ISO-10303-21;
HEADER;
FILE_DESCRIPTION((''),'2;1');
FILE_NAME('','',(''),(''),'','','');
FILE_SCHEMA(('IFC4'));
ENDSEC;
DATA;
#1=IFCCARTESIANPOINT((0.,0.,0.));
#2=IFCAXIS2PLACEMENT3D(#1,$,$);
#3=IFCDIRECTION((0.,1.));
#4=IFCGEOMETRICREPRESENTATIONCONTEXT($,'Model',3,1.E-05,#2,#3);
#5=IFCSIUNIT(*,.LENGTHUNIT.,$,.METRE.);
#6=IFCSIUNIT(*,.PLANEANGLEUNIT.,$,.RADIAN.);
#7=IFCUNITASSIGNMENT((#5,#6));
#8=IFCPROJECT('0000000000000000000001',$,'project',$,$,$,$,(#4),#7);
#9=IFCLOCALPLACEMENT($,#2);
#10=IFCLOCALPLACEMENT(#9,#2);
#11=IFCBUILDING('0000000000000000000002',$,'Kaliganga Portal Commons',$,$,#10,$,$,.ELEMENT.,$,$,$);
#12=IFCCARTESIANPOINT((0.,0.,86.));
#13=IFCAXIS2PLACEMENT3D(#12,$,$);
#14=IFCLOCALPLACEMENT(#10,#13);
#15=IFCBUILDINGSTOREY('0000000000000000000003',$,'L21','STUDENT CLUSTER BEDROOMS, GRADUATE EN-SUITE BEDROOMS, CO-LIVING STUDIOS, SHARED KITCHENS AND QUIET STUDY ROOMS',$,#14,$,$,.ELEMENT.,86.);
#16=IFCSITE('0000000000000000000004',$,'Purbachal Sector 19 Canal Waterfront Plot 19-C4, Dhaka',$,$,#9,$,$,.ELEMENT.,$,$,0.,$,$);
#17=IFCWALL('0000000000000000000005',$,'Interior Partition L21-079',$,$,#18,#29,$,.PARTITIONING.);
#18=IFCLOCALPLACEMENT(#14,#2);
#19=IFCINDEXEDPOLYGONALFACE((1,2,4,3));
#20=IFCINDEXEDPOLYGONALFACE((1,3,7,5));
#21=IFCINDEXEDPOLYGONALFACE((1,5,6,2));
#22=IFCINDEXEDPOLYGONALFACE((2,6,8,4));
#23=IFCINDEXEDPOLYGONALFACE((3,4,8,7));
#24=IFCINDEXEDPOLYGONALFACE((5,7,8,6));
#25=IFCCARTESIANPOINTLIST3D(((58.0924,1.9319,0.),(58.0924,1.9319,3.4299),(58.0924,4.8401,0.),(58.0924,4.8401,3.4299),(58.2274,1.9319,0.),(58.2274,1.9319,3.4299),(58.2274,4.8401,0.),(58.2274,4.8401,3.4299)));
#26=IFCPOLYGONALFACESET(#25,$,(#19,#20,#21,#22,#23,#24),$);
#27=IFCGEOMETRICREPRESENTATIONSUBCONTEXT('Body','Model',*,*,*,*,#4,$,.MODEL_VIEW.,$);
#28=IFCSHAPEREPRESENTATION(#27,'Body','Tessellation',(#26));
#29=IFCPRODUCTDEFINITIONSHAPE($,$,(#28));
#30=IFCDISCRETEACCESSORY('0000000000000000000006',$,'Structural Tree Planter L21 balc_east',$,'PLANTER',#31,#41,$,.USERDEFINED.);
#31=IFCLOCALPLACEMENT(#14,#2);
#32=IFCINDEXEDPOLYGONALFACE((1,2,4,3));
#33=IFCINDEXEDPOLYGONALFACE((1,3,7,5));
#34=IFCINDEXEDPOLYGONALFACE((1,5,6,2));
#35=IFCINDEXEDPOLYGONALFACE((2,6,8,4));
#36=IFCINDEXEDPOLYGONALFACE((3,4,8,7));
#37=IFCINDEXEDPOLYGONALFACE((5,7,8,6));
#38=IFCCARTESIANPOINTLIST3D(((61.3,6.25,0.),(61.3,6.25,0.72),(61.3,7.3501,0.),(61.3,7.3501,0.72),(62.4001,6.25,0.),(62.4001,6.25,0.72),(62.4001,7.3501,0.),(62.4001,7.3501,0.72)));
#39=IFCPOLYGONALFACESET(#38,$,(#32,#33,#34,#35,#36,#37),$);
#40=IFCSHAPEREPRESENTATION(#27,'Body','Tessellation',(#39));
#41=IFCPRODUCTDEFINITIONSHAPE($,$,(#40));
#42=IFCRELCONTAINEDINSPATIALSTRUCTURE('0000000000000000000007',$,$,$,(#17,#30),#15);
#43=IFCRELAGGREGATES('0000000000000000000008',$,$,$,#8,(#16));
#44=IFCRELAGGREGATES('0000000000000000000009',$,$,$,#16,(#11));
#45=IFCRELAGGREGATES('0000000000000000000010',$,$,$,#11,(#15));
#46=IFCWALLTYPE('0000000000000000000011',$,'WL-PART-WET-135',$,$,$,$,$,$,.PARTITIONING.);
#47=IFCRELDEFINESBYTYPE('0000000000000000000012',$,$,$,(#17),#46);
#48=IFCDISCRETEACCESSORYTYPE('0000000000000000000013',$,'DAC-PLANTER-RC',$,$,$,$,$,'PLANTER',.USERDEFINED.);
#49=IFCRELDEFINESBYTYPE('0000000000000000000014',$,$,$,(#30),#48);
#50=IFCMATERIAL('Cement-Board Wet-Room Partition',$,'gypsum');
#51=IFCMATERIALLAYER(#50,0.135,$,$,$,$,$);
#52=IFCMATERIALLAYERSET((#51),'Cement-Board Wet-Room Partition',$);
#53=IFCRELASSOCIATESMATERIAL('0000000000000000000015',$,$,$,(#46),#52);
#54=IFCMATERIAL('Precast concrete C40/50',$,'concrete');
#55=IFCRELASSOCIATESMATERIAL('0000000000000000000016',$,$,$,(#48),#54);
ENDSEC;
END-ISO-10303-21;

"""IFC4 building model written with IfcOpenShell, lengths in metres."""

from ifc_helpers import new_model, si_unit, direction, frame, frame_2d, origin, origin_2d, place, context, subcontext, project, spatial, rectangle, extrude, source, transform, mapped, material, layer, layer_set, type_object, element, save


model = new_model("IFC4")

# Units and contexts
model_context = context("Model", 3, precision=1e-05, world=origin(), true_north=direction((0.0, 1.0)))
body_context = subcontext(model_context, "Body", "Model", "MODEL_VIEW")
ifc_project = project(units=[si_unit("LENGTHUNIT", "METRE"), si_unit("PLANEANGLEUNIT", "RADIAN")], contexts=[model_context])

# Site, building, storey
site_placement = place(None, origin())
site = spatial("IfcSite", under=ifc_project, at=site_placement, Name="Purbachal Sector 19 Canal Waterfront Plot 19-C4, Dhaka", CompositionType="ELEMENT", RefElevation=0.0)
building_placement = place(site_placement, origin())
building = spatial("IfcBuilding", under=site, at=building_placement, Name="Kaliganga Portal Commons", CompositionType="ELEMENT")
storey_placement = place(building_placement, frame((0.0, 0.0, 86.0)))
storey = spatial("IfcBuildingStorey", under=building, at=storey_placement, Name="L21", Description="STUDENT CLUSTER BEDROOMS, GRADUATE EN-SUITE BEDROOMS, CO-LIVING STUDIOS, SHARED KITCHENS AND QUIET STUDY ROOMS", CompositionType="ELEMENT", Elevation=86.0)

# Wall
ifc_material_1 = material(Name="Cement-Board Wet-Room Partition", Category="gypsum")
ifc_layer_1 = layer(ifc_material_1, 0.135)
ifc_layer_set_1 = layer_set([ifc_layer_1], Name="Cement-Board Wet-Room Partition")
wall_type_1 = type_object("IfcWallType", Name="WL-PART-WET-135", PredefinedType="PARTITIONING", material=ifc_layer_set_1)
wall_1_placement = place(storey_placement, frame((58.1599, 1.9319, 0.0), z_axis=(0.0, 0.0, 1.0), x_axis=(0.0, 1.0, 0.0)))
element("IfcWall", 1, at=wall_1_placement, inside=storey, type_object=wall_type_1, Name="Interior Partition L21-079", PredefinedType="PARTITIONING", context=body_context, shape_type="SweptSolid", body=[
    extrude(rectangle(XDim=2.9082, YDim=0.135, at=frame_2d((1.4541, 0.0))), origin(), (0.0, 0.0, 1.0), 3.4299),
])

# Discrete accessory
ifc_material_2 = material(Name="Precast concrete C40/50", Category="concrete")
discrete_accessory_type = type_object("IfcDiscreteAccessoryType", Name="DAC-PLANTER-RC", ElementType="PLANTER", PredefinedType="USERDEFINED", material=ifc_material_2)
shared_shape_1 = source(origin(), body_context, "Body", "SweptSolid", [
    extrude(rectangle(XDim=1.1001, YDim=1.1001, at=origin_2d()), origin(), (0.0, 0.0, 1.0), 0.72),
])
discrete_accessory_placement = place(storey_placement, frame((61.8501, 6.8, 0.0), z_axis=(0.0, 0.0, 1.0), x_axis=(1.0, 0.0, 0.0)))
element("IfcDiscreteAccessory", 2, at=discrete_accessory_placement, inside=storey, type_object=discrete_accessory_type, Name="Structural Tree Planter L21 balc_east", ObjectType="PLANTER", PredefinedType="USERDEFINED", context=body_context, shape_type="MappedRepresentation", body=[
    mapped(shared_shape_1, transform((0.0, 0.0, 0.0), x_axis=(1.0, 0.0, 0.0), y_axis=(0.0, 1.0, 0.0), z_axis=(0.0, 0.0, 1.0), scale=1.0)),
])

save(model, "model.ifc")
